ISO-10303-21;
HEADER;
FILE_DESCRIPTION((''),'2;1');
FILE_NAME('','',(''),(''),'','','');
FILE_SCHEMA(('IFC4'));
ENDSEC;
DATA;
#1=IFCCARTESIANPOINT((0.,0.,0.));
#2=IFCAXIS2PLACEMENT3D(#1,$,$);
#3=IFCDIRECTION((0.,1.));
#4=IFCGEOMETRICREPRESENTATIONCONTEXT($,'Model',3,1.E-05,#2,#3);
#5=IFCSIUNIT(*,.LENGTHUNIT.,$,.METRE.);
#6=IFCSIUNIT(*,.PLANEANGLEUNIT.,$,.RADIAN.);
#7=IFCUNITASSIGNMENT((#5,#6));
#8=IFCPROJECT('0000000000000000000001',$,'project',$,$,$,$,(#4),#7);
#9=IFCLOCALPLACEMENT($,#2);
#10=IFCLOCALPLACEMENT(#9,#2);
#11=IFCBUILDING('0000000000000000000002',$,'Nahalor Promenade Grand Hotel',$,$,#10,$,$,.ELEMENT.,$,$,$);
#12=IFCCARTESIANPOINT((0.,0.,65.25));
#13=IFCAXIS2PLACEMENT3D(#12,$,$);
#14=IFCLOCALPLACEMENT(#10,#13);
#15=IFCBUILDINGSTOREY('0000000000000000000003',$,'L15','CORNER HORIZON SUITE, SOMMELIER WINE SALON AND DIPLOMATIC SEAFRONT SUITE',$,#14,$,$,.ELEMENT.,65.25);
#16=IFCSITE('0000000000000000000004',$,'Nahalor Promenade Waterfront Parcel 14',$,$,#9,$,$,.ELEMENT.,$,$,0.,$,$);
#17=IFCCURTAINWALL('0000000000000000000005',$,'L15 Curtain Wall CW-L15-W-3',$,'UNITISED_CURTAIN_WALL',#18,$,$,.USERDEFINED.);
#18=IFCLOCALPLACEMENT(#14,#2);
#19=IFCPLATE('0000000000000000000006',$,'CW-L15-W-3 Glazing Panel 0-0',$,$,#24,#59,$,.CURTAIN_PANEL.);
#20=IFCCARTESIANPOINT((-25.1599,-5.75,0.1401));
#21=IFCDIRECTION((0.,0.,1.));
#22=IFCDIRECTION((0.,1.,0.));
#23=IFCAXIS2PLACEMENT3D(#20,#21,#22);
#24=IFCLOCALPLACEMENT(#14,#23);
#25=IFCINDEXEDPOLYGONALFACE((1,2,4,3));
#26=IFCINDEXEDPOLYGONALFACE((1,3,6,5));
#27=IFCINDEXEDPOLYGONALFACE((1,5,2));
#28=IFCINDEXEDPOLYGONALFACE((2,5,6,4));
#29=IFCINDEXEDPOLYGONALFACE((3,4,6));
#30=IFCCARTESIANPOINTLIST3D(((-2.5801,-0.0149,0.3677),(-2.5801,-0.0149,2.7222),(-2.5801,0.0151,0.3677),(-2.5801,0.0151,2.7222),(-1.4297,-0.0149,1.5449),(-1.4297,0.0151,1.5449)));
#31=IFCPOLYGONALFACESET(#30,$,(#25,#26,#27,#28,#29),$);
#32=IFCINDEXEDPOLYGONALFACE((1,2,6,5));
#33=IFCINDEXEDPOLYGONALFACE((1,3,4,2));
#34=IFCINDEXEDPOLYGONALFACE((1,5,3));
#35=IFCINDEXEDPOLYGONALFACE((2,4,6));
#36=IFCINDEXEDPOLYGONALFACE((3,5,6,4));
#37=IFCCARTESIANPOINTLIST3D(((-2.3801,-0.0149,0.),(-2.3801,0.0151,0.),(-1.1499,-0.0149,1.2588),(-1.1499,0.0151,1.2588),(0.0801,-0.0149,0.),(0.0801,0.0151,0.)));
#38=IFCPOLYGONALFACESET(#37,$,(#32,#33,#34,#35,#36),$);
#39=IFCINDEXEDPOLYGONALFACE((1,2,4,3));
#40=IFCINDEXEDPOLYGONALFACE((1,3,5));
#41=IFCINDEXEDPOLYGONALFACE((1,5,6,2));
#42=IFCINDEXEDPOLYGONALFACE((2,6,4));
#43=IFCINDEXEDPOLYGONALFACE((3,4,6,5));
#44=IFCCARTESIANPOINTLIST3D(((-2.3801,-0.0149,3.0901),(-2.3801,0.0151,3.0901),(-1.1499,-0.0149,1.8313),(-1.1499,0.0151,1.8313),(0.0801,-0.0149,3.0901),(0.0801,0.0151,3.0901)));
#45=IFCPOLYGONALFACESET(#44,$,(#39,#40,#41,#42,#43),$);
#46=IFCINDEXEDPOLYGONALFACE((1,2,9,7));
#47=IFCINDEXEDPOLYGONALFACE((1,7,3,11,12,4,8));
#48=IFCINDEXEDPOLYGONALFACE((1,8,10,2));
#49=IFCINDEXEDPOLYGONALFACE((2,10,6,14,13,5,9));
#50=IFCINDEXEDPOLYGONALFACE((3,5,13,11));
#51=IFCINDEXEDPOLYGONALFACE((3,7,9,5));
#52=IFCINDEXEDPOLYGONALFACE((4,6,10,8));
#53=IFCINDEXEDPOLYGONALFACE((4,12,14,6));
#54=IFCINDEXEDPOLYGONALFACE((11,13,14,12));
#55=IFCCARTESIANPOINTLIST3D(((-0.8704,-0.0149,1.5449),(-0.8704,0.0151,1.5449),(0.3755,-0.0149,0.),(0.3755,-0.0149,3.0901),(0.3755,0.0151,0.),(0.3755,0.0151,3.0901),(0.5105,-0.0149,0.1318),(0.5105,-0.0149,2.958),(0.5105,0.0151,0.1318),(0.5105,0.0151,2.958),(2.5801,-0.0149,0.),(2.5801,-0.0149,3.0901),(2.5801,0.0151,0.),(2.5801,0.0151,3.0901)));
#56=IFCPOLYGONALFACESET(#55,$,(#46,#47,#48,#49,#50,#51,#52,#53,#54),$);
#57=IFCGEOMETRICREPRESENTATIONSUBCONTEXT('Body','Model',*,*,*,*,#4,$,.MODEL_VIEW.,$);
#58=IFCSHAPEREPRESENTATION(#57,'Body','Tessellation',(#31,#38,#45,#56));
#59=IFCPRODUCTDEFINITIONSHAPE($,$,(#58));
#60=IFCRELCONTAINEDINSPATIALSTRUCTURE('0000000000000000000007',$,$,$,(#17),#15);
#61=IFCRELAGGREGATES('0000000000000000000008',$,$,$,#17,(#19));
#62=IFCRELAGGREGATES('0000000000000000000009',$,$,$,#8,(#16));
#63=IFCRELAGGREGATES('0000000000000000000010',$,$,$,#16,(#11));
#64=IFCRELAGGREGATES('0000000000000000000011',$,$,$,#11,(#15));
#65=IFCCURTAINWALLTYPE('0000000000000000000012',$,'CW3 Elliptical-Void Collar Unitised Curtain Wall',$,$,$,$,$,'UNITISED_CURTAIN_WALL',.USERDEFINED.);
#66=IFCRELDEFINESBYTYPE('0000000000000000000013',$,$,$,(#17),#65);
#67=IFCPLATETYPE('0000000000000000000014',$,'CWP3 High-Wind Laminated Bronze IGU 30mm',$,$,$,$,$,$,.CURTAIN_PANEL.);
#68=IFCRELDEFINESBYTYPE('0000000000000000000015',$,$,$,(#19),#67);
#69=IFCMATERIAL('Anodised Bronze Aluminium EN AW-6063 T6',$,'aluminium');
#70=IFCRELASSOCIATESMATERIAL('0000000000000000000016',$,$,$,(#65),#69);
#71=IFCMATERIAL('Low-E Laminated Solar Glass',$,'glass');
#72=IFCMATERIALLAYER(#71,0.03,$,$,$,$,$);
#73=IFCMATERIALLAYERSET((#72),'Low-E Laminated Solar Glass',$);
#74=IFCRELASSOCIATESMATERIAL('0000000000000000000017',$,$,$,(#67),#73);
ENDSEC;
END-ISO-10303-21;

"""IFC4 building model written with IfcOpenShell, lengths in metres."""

from ifc_helpers import new_model, si_unit, direction, frame, origin, place, context, subcontext, project, spatial, polyline, outline, extrude, material, layer, layer_set, type_object, element, aggregate, save


model = new_model("IFC4")

# Units and contexts
model_context = context("Model", 3, precision=1e-05, world=origin(), true_north=direction((0.0, 1.0)))
body_context = subcontext(model_context, "Body", "Model", "MODEL_VIEW")
ifc_project = project(units=[si_unit("LENGTHUNIT", "METRE"), si_unit("PLANEANGLEUNIT", "RADIAN")], contexts=[model_context])

# Site, building, storey
site_placement = place(None, origin())
site = spatial("IfcSite", under=ifc_project, at=site_placement, Name="Nahalor Promenade Waterfront Parcel 14", CompositionType="ELEMENT", RefElevation=0.0)
building_placement = place(site_placement, origin())
building = spatial("IfcBuilding", under=site, at=building_placement, Name="Nahalor Promenade Grand Hotel", CompositionType="ELEMENT")
storey_placement = place(building_placement, frame((0.0, 0.0, 65.25)))
storey = spatial("IfcBuildingStorey", under=building, at=storey_placement, Name="L15", Description="CORNER HORIZON SUITE, SOMMELIER WINE SALON AND DIPLOMATIC SEAFRONT SUITE", CompositionType="ELEMENT", Elevation=65.25)

# Shared definitions
ifc_material_1 = material(Name="Anodised Bronze Aluminium EN AW-6063 T6", Category="aluminium")
curtain_wall_type = type_object("IfcCurtainWallType", Name="CW3 Elliptical-Void Collar Unitised Curtain Wall", ElementType="UNITISED_CURTAIN_WALL", PredefinedType="USERDEFINED", material=ifc_material_1)

# Curtain wall
curtain_wall_1_placement = place(storey_placement, origin())
curtain_wall_1 = element("IfcCurtainWall", 1, at=curtain_wall_1_placement, inside=storey, type_object=curtain_wall_type, Name="L15 Curtain Wall CW-L15-W-3", ObjectType="UNITISED_CURTAIN_WALL", PredefinedType="USERDEFINED")

# Plate
ifc_material_2 = material(Name="Low-E Laminated Solar Glass", Category="glass")
ifc_layer_1 = layer(ifc_material_2, 0.03)
ifc_layer_set_1 = layer_set([ifc_layer_1], Name="Low-E Laminated Solar Glass")
plate_type_1 = type_object("IfcPlateType", Name="CWP3 High-Wind Laminated Bronze IGU 30mm", PredefinedType="CURTAIN_PANEL", material=ifc_layer_set_1)
plate_1_placement = place(storey_placement, frame((-25.1599, -5.75, 0.1401), z_axis=(0.0, 0.0, 1.0), x_axis=(0.0, 1.0, 0.0)))
plate_1 = element("IfcPlate", 2, at=plate_1_placement, type_object=plate_type_1, Name="CW-L15-W-3 Glazing Panel 0-0", PredefinedType="CURTAIN_PANEL", context=body_context, shape_type="SweptSolid", body=[
    extrude(outline(polyline([(-1.4297, 1.5449), (-2.5801, 2.7222), (-2.5801, 0.3677), (-1.4297, 1.5449)])), frame((0.0, 0.0151, 0.0), z_axis=(0.0, -1.0, 0.0), x_axis=(1.0, 0.0, 0.0)), (0.0, 0.0, 1.0), 0.03),
    extrude(outline(polyline([(-1.1499, 1.2588), (-2.3801, 0.0), (0.0801, 0.0), (-1.1499, 1.2588)])), frame((0.0, 0.0151, 0.0), z_axis=(0.0, -1.0, 0.0), x_axis=(1.0, 0.0, 0.0)), (0.0, 0.0, 1.0), 0.03),
    extrude(outline(polyline([(-1.1499, 1.8313), (0.0801, 3.0901), (-2.3801, 3.0901), (-1.1499, 1.8313)])), frame((0.0, 0.0151, 0.0), z_axis=(0.0, -1.0, 0.0), x_axis=(1.0, 0.0, 0.0)), (0.0, 0.0, 1.0), 0.03),
    extrude(outline(polyline([(2.5801, 0.0), (2.5801, 3.0901), (0.3755, 3.0901), (0.5105, 2.958), (-0.8704, 1.5449), (0.5105, 0.1318), (0.3755, 0.0), (2.5801, 0.0)])), frame((0.0, 0.0151, 0.0), z_axis=(0.0, -1.0, 0.0), x_axis=(1.0, 0.0, 0.0)), (0.0, 0.0, 1.0), 0.03),
])
aggregate(curtain_wall_1, [plate_1])

save(model, "model.ifc")
